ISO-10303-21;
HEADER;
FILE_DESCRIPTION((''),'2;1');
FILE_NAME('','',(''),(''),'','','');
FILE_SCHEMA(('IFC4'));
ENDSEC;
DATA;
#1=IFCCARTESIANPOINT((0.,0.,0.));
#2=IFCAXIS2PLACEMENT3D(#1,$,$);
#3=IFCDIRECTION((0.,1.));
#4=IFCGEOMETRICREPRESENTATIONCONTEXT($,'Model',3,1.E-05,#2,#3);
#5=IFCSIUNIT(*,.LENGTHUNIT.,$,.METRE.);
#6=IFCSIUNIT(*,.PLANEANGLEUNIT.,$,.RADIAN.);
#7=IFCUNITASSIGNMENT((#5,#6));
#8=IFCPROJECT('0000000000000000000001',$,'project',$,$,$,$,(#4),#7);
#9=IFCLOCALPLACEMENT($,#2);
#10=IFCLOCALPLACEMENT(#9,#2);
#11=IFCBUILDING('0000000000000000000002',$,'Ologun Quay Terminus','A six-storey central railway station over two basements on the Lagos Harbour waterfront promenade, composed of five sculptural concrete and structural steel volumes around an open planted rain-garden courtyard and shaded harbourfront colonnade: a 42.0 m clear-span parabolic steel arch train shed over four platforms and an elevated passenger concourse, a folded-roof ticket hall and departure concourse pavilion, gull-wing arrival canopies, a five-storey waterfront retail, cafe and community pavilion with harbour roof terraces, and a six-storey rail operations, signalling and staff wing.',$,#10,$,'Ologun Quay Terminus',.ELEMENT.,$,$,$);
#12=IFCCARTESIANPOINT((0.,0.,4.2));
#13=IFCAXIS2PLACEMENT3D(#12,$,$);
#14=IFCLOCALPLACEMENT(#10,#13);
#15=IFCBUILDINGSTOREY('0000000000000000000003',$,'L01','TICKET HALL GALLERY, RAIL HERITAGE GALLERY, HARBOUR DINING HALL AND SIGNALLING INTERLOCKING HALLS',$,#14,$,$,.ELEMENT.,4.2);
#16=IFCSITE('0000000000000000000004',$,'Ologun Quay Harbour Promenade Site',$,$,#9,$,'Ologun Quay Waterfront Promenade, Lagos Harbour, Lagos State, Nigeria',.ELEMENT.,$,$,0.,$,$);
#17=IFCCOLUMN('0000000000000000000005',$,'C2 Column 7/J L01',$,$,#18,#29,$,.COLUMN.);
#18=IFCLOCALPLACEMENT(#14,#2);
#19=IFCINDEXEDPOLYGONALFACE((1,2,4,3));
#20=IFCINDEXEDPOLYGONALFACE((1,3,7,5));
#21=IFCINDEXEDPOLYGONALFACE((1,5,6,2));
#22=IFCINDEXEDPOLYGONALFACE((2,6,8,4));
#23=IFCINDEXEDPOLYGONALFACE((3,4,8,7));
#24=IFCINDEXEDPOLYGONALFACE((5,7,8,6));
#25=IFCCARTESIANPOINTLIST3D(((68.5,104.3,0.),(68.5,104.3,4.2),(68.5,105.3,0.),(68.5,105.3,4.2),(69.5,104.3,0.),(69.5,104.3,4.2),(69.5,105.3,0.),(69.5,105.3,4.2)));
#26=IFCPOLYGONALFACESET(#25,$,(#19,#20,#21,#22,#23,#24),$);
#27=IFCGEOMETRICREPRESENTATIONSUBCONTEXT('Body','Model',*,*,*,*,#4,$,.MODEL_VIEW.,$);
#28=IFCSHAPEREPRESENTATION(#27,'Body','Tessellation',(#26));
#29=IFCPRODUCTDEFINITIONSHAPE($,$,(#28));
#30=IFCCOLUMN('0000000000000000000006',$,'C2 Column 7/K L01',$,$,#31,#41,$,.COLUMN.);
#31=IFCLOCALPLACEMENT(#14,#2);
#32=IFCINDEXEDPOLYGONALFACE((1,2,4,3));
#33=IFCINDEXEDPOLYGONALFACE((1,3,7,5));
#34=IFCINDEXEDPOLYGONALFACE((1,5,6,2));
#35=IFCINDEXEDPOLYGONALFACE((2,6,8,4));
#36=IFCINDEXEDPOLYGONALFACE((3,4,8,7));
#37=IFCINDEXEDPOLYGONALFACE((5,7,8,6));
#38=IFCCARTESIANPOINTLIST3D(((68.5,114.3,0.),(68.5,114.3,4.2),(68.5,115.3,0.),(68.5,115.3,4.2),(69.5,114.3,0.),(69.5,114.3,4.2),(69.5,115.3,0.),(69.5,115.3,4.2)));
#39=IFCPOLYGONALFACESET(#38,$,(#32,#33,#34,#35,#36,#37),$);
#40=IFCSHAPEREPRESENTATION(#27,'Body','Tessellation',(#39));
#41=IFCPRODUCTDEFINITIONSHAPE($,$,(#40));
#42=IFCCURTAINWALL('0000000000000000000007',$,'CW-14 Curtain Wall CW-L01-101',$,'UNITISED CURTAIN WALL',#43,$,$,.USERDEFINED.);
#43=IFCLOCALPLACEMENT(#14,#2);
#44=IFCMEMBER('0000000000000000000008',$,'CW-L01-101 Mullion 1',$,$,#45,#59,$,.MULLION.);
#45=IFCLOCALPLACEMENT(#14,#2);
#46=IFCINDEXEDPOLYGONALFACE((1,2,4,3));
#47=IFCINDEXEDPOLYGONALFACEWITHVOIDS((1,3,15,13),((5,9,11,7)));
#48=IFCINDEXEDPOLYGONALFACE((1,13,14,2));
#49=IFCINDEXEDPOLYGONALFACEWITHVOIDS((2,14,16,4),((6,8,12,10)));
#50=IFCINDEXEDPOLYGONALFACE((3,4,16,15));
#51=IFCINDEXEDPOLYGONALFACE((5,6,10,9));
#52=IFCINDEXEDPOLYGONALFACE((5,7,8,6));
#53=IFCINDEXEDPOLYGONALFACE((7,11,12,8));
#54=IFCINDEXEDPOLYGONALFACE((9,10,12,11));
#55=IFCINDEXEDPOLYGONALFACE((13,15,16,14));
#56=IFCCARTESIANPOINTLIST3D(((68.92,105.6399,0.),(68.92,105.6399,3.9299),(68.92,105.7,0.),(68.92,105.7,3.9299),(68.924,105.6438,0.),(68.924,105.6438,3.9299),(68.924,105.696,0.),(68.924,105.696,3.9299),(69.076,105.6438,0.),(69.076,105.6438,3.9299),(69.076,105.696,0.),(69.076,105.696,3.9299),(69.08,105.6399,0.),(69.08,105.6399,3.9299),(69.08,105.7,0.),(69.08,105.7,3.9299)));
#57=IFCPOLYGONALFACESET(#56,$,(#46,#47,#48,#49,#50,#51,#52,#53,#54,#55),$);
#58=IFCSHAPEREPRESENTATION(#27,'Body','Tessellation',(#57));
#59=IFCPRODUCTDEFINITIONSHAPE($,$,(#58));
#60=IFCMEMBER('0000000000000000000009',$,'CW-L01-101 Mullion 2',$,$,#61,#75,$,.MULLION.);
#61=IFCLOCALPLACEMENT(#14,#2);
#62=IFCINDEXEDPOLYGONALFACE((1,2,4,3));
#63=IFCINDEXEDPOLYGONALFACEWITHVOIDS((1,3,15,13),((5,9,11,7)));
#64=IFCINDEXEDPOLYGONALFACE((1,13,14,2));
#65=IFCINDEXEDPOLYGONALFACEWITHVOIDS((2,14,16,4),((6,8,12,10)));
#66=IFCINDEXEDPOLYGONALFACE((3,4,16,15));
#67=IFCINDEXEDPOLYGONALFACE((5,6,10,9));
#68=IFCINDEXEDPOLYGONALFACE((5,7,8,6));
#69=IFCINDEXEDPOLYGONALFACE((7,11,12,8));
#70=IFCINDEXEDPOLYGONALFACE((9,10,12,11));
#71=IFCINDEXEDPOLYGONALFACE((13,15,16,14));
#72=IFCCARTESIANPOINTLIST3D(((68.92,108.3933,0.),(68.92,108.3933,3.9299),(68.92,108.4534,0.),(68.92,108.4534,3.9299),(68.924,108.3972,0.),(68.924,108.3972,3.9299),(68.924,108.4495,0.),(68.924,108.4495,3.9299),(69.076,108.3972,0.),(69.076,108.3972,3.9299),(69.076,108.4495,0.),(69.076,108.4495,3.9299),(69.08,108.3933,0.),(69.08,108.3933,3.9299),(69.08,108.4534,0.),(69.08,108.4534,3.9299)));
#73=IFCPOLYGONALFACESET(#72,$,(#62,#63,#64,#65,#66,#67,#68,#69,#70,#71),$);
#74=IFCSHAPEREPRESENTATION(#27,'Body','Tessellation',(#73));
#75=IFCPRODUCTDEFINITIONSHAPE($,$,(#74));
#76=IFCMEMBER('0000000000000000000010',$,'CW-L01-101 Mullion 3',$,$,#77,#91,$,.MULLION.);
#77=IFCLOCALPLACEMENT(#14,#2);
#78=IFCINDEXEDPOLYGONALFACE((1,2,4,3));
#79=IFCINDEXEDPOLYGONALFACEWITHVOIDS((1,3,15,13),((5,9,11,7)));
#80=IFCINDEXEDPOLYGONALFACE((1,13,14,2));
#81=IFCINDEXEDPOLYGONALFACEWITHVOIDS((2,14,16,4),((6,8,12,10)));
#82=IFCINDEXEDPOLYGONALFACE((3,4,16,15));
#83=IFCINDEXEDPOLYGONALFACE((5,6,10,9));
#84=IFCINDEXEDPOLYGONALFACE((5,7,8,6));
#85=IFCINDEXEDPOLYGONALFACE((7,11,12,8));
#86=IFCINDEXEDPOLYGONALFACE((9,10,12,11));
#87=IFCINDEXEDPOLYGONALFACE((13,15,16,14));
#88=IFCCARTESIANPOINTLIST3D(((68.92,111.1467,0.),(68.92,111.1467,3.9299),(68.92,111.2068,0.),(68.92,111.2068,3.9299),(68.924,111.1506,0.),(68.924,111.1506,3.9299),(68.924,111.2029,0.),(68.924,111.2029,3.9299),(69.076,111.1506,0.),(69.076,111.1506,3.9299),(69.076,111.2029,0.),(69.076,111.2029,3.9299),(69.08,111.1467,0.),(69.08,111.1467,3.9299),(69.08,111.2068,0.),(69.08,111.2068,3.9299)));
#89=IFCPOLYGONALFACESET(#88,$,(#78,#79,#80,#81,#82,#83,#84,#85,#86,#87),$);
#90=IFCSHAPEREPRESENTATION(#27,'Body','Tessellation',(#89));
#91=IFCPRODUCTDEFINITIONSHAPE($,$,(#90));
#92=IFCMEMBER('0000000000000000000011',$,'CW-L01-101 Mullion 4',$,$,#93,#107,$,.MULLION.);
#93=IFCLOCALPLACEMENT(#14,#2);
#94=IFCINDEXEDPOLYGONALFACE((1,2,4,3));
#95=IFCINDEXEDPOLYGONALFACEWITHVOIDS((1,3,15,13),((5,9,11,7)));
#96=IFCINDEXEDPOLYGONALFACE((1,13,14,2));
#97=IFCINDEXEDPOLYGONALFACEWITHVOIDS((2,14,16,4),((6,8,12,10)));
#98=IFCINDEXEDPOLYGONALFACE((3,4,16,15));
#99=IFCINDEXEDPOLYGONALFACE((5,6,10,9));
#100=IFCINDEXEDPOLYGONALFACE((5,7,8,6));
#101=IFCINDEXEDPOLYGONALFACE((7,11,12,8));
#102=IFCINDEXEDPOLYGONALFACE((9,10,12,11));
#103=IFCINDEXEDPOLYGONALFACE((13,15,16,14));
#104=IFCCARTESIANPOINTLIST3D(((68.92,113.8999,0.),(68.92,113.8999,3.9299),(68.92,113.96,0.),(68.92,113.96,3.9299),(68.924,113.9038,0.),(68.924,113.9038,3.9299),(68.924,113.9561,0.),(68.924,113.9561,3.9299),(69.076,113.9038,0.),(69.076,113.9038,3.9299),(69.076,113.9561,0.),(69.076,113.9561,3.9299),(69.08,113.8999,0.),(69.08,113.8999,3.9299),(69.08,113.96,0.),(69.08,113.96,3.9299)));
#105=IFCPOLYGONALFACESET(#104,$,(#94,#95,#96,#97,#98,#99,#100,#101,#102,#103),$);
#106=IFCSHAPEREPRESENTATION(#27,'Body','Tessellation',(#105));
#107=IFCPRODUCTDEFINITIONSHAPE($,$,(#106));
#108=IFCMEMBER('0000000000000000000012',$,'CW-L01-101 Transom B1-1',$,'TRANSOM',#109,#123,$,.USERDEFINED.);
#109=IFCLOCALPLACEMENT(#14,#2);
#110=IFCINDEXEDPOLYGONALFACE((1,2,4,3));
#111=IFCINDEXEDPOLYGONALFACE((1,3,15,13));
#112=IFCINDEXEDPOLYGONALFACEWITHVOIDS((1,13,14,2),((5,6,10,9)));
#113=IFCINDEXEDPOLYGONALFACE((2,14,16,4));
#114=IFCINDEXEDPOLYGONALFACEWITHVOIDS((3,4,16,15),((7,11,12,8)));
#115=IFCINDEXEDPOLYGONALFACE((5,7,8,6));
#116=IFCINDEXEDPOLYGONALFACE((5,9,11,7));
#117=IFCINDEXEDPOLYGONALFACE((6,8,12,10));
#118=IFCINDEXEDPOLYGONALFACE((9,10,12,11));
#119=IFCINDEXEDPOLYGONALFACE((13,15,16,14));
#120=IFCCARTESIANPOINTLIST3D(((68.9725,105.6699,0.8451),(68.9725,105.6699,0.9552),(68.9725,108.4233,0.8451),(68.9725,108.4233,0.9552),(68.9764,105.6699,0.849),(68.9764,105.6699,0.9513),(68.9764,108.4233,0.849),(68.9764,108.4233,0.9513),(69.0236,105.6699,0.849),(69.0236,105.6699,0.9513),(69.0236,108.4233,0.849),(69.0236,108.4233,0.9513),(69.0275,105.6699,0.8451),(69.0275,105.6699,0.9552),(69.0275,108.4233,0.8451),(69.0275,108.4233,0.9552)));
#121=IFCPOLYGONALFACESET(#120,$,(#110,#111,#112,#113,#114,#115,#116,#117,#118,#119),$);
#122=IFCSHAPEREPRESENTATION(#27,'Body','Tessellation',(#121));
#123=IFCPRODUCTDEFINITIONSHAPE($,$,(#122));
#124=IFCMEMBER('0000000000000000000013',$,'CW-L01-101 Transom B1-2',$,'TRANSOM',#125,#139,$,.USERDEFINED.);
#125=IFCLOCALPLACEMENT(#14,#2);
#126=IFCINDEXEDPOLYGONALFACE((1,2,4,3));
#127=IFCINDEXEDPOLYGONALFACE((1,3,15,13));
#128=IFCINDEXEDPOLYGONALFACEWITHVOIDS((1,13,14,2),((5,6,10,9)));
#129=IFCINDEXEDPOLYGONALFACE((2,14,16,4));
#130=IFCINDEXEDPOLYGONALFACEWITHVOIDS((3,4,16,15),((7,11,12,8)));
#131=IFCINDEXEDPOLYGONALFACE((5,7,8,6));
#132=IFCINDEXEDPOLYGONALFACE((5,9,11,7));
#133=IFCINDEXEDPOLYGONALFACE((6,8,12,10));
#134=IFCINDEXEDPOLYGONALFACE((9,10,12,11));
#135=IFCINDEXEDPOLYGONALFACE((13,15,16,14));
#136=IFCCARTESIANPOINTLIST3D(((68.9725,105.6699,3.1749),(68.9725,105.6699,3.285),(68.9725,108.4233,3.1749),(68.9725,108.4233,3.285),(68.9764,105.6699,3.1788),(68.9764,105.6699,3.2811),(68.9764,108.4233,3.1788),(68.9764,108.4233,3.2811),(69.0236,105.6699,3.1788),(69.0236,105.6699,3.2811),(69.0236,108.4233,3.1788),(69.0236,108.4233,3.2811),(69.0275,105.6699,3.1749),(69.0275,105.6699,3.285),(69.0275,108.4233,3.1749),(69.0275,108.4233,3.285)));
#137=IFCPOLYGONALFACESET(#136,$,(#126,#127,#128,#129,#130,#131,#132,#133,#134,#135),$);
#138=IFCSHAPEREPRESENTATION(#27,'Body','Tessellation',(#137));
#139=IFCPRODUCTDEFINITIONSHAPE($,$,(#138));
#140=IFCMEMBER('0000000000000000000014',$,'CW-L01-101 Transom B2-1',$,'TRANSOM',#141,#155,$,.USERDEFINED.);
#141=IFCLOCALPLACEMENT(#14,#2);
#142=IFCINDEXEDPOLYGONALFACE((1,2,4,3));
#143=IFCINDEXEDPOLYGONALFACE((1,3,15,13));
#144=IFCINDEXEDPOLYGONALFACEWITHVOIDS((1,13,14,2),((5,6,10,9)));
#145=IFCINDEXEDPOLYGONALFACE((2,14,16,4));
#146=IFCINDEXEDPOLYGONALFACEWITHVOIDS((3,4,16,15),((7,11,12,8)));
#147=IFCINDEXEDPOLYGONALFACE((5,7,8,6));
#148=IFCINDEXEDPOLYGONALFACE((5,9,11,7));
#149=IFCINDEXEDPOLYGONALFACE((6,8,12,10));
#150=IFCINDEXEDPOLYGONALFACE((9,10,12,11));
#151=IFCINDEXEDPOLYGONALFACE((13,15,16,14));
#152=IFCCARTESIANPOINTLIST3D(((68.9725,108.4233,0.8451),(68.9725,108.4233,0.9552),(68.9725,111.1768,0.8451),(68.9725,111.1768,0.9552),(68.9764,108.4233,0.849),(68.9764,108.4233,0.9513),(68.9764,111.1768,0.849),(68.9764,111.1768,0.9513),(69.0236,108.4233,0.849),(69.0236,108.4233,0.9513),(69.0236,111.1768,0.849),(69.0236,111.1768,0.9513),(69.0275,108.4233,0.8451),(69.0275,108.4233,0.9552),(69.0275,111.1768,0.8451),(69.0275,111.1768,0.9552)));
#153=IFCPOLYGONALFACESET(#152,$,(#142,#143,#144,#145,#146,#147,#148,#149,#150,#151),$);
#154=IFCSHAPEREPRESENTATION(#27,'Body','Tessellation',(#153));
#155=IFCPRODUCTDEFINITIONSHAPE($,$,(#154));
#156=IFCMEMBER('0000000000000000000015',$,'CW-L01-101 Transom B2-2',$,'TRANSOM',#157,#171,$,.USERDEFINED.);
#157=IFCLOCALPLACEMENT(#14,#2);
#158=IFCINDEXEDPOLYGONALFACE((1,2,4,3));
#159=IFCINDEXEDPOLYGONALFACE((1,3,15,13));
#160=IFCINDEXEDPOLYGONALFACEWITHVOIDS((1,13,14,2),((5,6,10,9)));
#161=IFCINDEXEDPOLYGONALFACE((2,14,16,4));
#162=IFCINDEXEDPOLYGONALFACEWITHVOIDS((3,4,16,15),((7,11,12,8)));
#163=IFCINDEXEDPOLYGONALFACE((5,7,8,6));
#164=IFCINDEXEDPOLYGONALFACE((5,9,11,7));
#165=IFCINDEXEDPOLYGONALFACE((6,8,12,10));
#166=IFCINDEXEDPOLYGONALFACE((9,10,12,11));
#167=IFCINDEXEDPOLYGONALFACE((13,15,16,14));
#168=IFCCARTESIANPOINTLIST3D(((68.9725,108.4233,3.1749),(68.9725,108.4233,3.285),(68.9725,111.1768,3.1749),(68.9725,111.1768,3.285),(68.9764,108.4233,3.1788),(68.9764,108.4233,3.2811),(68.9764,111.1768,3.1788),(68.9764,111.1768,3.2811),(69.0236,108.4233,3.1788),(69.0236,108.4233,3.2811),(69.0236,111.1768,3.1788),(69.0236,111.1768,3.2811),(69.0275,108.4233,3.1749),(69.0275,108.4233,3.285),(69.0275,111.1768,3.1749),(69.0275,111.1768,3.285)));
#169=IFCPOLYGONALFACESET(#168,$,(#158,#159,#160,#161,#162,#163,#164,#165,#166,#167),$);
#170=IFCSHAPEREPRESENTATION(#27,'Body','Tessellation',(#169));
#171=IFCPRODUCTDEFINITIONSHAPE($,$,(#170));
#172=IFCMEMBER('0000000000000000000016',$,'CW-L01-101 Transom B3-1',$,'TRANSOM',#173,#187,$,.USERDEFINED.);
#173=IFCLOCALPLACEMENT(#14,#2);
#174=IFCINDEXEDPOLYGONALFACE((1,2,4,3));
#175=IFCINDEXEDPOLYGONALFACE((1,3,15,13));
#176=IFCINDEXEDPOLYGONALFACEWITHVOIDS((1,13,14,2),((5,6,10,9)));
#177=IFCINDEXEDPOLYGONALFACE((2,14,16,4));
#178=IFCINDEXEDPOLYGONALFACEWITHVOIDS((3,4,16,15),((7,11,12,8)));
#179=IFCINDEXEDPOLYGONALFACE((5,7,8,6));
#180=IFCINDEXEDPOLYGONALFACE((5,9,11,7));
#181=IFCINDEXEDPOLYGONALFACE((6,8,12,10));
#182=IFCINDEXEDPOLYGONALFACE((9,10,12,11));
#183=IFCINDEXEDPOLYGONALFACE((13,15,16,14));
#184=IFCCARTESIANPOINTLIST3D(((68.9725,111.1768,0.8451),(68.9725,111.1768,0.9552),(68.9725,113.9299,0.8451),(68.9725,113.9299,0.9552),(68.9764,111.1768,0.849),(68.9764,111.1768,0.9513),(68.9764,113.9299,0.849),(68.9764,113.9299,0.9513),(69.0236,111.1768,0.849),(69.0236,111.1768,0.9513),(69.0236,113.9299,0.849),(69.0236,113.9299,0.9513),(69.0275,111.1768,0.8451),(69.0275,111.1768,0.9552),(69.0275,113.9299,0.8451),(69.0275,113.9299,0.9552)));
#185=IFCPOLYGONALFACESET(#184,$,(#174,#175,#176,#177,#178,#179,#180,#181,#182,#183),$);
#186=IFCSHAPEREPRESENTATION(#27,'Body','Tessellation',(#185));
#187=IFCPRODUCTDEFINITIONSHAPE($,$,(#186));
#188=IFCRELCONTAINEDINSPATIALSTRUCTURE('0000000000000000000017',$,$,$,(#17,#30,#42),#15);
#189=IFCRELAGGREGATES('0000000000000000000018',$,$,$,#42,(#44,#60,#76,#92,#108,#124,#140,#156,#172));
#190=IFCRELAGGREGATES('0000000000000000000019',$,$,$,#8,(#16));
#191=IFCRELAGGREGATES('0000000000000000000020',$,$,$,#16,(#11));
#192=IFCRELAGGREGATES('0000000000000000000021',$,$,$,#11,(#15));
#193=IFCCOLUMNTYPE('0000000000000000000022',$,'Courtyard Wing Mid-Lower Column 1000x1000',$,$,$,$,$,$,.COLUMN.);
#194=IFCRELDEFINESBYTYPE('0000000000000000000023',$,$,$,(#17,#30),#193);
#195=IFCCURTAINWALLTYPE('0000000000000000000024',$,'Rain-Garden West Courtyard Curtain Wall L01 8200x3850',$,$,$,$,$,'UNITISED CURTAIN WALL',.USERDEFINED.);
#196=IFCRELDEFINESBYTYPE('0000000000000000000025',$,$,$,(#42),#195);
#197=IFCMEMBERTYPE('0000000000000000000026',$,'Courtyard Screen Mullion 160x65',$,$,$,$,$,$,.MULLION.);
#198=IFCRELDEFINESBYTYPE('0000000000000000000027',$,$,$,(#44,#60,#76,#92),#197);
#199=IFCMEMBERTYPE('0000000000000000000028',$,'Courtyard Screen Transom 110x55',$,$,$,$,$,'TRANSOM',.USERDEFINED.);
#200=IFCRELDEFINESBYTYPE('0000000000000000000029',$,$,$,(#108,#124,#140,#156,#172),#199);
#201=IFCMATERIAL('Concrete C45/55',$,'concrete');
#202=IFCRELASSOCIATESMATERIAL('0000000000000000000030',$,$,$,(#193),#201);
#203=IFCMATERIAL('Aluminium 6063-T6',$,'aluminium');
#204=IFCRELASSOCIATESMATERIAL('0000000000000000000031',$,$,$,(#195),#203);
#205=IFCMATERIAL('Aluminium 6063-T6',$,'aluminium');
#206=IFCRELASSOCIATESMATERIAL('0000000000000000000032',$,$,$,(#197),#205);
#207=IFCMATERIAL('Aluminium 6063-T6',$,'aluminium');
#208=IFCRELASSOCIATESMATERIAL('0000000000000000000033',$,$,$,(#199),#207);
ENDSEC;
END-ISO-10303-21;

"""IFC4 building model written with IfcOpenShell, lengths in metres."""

from ifc_helpers import new_model, si_unit, direction, frame, origin, origin_2d, place, context, subcontext, project, spatial, rectangle, hollow_rectangle, extrude, material, material_profile, profile_set, type_object, element, aggregate, save


model = new_model("IFC4")

# Units and contexts
model_context = context("Model", 3, precision=1e-05, world=origin(), true_north=direction((0.0, 1.0)))
body_context = subcontext(model_context, "Body", "Model", "MODEL_VIEW")
ifc_project = project(units=[si_unit("LENGTHUNIT", "METRE"), si_unit("PLANEANGLEUNIT", "RADIAN")], contexts=[model_context])

# Site, building, storey
site_placement = place(None, origin())
site = spatial("IfcSite", under=ifc_project, at=site_placement, Name="Ologun Quay Harbour Promenade Site", LongName="Ologun Quay Waterfront Promenade, Lagos Harbour, Lagos State, Nigeria", CompositionType="ELEMENT", RefElevation=0.0)
building_placement = place(site_placement, origin())
building = spatial("IfcBuilding", under=site, at=building_placement, Name="Ologun Quay Terminus", Description="A six-storey central railway station over two basements on the Lagos Harbour waterfront promenade, composed of five sculptural concrete and structural steel volumes around an open planted rain-garden courtyard and shaded harbourfront colonnade: a 42.0 m clear-span parabolic steel arch train shed over four platforms and an elevated passenger concourse, a folded-roof ticket hall and departure concourse pavilion, gull-wing arrival canopies, a five-storey waterfront retail, cafe and community pavilion with harbour roof terraces, and a six-storey rail operations, signalling and staff wing.", LongName="Ologun Quay Terminus", CompositionType="ELEMENT")
storey_placement = place(building_placement, frame((0.0, 0.0, 4.2)))
storey = spatial("IfcBuildingStorey", under=building, at=storey_placement, Name="L01", Description="TICKET HALL GALLERY, RAIL HERITAGE GALLERY, HARBOUR DINING HALL AND SIGNALLING INTERLOCKING HALLS", CompositionType="ELEMENT", Elevation=4.2)

# Columns
ifc_material_1 = material(Name="Concrete C45/55", Category="concrete")
ifc_material_profile_1 = material_profile(ifc_material_1, rectangle(XDim=1.0, YDim=1.0, at=origin_2d()), Name="RC 1000x1000")
ifc_profile_set_1 = profile_set([ifc_material_profile_1], Name="Concrete C45/55")
column_type = type_object("IfcColumnType", Name="Courtyard Wing Mid-Lower Column 1000x1000", PredefinedType="COLUMN", material=ifc_profile_set_1)
for number, where, z_axis, x_axis, name in (
    (1, (69.0, 104.8, 0.0), (0.0, 0.0, 1.0), (1.0, 0.0, 0.0), "C2 Column 7/J L01"),
    (2, (69.0, 114.8, 0.0), (0.0, 0.0, 1.0), (1.0, 0.0, 0.0), "C2 Column 7/K L01"),
):
    element("IfcColumn", number, at=place(storey_placement, frame(where, z_axis=z_axis, x_axis=x_axis)), inside=storey, type_object=column_type, Name=name, PredefinedType="COLUMN", context=body_context, shape_type="SweptSolid", body=[
        extrude(rectangle(XDim=1.0, YDim=1.0, at=origin_2d()), origin(), (0.0, 0.0, 1.0), 4.2),
    ])

# Curtain wall, members
ifc_material_2 = material(Name="Aluminium 6063-T6", Category="aluminium")
curtain_wall_type = type_object("IfcCurtainWallType", Name="Rain-Garden West Courtyard Curtain Wall L01 8200x3850", ElementType="UNITISED CURTAIN WALL", PredefinedType="USERDEFINED", material=ifc_material_2)
curtain_wall_placement = place(storey_placement, origin())
curtain_wall = element("IfcCurtainWall", 3, at=curtain_wall_placement, inside=storey, type_object=curtain_wall_type, Name="CW-14 Curtain Wall CW-L01-101", ObjectType="UNITISED CURTAIN WALL", PredefinedType="USERDEFINED")
ifc_material_3 = material(Name="Aluminium 6063-T6", Category="aluminium")
ifc_material_profile_2 = material_profile(ifc_material_3, hollow_rectangle(XDim=0.0601, YDim=0.1599, WallThickness=0.0039, at=origin_2d()), Name="ALU 160x60x4")
ifc_profile_set_2 = profile_set([ifc_material_profile_2], Name="Aluminium 6063-T6")
member_type_1 = type_object("IfcMemberType", Name="Courtyard Screen Mullion 160x65", PredefinedType="MULLION", material=ifc_profile_set_2)
member_1_placement = place(storey_placement, frame((69.0, 105.6699, 0.0), z_axis=(0.0, 0.0, 1.0), x_axis=(0.0, 1.0, 0.0)))
member_1 = element("IfcMember", 4, at=member_1_placement, type_object=member_type_1, Name="CW-L01-101 Mullion 1", PredefinedType="MULLION", context=body_context, shape_type="SweptSolid", body=[
    extrude(hollow_rectangle(XDim=0.0601, YDim=0.1599, WallThickness=0.0039, at=origin_2d()), origin(), (0.0, 0.0, 1.0), 3.9299),
])
member_2_placement = place(storey_placement, frame((69.0, 108.4233, 0.0), z_axis=(0.0, 0.0, 1.0), x_axis=(0.0, 1.0, 0.0)))
member_2 = element("IfcMember", 5, at=member_2_placement, type_object=member_type_1, Name="CW-L01-101 Mullion 2", PredefinedType="MULLION", context=body_context, shape_type="SweptSolid", body=[
    extrude(hollow_rectangle(XDim=0.0601, YDim=0.1599, WallThickness=0.0039, at=origin_2d()), origin(), (0.0, 0.0, 1.0), 3.9299),
])
member_3_placement = place(storey_placement, frame((69.0, 111.1768, 0.0), z_axis=(0.0, 0.0, 1.0), x_axis=(0.0, 1.0, 0.0)))
member_3 = element("IfcMember", 6, at=member_3_placement, type_object=member_type_1, Name="CW-L01-101 Mullion 3", PredefinedType="MULLION", context=body_context, shape_type="SweptSolid", body=[
    extrude(hollow_rectangle(XDim=0.0601, YDim=0.1599, WallThickness=0.0039, at=origin_2d()), origin(), (0.0, 0.0, 1.0), 3.9299),
])
member_4_placement = place(storey_placement, frame((69.0, 113.9299, 0.0), z_axis=(0.0, 0.0, 1.0), x_axis=(0.0, 1.0, 0.0)))
member_4 = element("IfcMember", 7, at=member_4_placement, type_object=member_type_1, Name="CW-L01-101 Mullion 4", PredefinedType="MULLION", context=body_context, shape_type="SweptSolid", body=[
    extrude(hollow_rectangle(XDim=0.0601, YDim=0.1599, WallThickness=0.0039, at=origin_2d()), origin(), (0.0, 0.0, 1.0), 3.9299),
])
ifc_material_4 = material(Name="Aluminium 6063-T6", Category="aluminium")
ifc_material_profile_3 = material_profile(ifc_material_4, hollow_rectangle(XDim=0.0549, YDim=0.1101, WallThickness=0.0039, at=origin_2d()), Name="ALU 110x55x4")
ifc_profile_set_3 = profile_set([ifc_material_profile_3], Name="Aluminium 6063-T6")
member_type_2 = type_object("IfcMemberType", Name="Courtyard Screen Transom 110x55", ElementType="TRANSOM", PredefinedType="USERDEFINED", material=ifc_profile_set_3)
member_5_placement = place(storey_placement, frame((69.0, 105.6699, 0.9001), z_axis=(0.0, 1.0, 0.0), x_axis=(-1.0, 0.0, 0.0)))
member_5 = element("IfcMember", 8, at=member_5_placement, type_object=member_type_2, Name="CW-L01-101 Transom B1-1", ObjectType="TRANSOM", PredefinedType="USERDEFINED", context=body_context, shape_type="SweptSolid", body=[
    extrude(hollow_rectangle(XDim=0.0549, YDim=0.1101, WallThickness=0.0039, at=origin_2d()), origin(), (0.0, 0.0, 1.0), 2.7534),
])
member_6_placement = place(storey_placement, frame((69.0, 105.6699, 3.23), z_axis=(0.0, 1.0, 0.0), x_axis=(-1.0, 0.0, 0.0)))
member_6 = element("IfcMember", 9, at=member_6_placement, type_object=member_type_2, Name="CW-L01-101 Transom B1-2", ObjectType="TRANSOM", PredefinedType="USERDEFINED", context=body_context, shape_type="SweptSolid", body=[
    extrude(hollow_rectangle(XDim=0.0549, YDim=0.1101, WallThickness=0.0039, at=origin_2d()), origin(), (0.0, 0.0, 1.0), 2.7534),
])
member_7_placement = place(storey_placement, frame((69.0, 108.4233, 0.9001), z_axis=(0.0, 1.0, 0.0), x_axis=(-1.0, 0.0, 0.0)))
member_7 = element("IfcMember", 10, at=member_7_placement, type_object=member_type_2, Name="CW-L01-101 Transom B2-1", ObjectType="TRANSOM", PredefinedType="USERDEFINED", context=body_context, shape_type="SweptSolid", body=[
    extrude(hollow_rectangle(XDim=0.0549, YDim=0.1101, WallThickness=0.0039, at=origin_2d()), origin(), (0.0, 0.0, 1.0), 2.7534),
])
member_8_placement = place(storey_placement, frame((69.0, 108.4233, 3.23), z_axis=(0.0, 1.0, 0.0), x_axis=(-1.0, 0.0, 0.0)))
member_8 = element("IfcMember", 11, at=member_8_placement, type_object=member_type_2, Name="CW-L01-101 Transom B2-2", ObjectType="TRANSOM", PredefinedType="USERDEFINED", context=body_context, shape_type="SweptSolid", body=[
    extrude(hollow_rectangle(XDim=0.0549, YDim=0.1101, WallThickness=0.0039, at=origin_2d()), origin(), (0.0, 0.0, 1.0), 2.7534),
])
member_9_placement = place(storey_placement, frame((69.0, 111.1768, 0.9001), z_axis=(0.0, 1.0, 0.0), x_axis=(-1.0, 0.0, 0.0)))
member_9 = element("IfcMember", 12, at=member_9_placement, type_object=member_type_2, Name="CW-L01-101 Transom B3-1", ObjectType="TRANSOM", PredefinedType="USERDEFINED", context=body_context, shape_type="SweptSolid", body=[
    extrude(hollow_rectangle(XDim=0.0549, YDim=0.1101, WallThickness=0.0039, at=origin_2d()), origin(), (0.0, 0.0, 1.0), 2.7532),
])

aggregate(curtain_wall, [member_1, member_2, member_3, member_4, member_5, member_6, member_7, member_8, member_9])

save(model, "model.ifc")
